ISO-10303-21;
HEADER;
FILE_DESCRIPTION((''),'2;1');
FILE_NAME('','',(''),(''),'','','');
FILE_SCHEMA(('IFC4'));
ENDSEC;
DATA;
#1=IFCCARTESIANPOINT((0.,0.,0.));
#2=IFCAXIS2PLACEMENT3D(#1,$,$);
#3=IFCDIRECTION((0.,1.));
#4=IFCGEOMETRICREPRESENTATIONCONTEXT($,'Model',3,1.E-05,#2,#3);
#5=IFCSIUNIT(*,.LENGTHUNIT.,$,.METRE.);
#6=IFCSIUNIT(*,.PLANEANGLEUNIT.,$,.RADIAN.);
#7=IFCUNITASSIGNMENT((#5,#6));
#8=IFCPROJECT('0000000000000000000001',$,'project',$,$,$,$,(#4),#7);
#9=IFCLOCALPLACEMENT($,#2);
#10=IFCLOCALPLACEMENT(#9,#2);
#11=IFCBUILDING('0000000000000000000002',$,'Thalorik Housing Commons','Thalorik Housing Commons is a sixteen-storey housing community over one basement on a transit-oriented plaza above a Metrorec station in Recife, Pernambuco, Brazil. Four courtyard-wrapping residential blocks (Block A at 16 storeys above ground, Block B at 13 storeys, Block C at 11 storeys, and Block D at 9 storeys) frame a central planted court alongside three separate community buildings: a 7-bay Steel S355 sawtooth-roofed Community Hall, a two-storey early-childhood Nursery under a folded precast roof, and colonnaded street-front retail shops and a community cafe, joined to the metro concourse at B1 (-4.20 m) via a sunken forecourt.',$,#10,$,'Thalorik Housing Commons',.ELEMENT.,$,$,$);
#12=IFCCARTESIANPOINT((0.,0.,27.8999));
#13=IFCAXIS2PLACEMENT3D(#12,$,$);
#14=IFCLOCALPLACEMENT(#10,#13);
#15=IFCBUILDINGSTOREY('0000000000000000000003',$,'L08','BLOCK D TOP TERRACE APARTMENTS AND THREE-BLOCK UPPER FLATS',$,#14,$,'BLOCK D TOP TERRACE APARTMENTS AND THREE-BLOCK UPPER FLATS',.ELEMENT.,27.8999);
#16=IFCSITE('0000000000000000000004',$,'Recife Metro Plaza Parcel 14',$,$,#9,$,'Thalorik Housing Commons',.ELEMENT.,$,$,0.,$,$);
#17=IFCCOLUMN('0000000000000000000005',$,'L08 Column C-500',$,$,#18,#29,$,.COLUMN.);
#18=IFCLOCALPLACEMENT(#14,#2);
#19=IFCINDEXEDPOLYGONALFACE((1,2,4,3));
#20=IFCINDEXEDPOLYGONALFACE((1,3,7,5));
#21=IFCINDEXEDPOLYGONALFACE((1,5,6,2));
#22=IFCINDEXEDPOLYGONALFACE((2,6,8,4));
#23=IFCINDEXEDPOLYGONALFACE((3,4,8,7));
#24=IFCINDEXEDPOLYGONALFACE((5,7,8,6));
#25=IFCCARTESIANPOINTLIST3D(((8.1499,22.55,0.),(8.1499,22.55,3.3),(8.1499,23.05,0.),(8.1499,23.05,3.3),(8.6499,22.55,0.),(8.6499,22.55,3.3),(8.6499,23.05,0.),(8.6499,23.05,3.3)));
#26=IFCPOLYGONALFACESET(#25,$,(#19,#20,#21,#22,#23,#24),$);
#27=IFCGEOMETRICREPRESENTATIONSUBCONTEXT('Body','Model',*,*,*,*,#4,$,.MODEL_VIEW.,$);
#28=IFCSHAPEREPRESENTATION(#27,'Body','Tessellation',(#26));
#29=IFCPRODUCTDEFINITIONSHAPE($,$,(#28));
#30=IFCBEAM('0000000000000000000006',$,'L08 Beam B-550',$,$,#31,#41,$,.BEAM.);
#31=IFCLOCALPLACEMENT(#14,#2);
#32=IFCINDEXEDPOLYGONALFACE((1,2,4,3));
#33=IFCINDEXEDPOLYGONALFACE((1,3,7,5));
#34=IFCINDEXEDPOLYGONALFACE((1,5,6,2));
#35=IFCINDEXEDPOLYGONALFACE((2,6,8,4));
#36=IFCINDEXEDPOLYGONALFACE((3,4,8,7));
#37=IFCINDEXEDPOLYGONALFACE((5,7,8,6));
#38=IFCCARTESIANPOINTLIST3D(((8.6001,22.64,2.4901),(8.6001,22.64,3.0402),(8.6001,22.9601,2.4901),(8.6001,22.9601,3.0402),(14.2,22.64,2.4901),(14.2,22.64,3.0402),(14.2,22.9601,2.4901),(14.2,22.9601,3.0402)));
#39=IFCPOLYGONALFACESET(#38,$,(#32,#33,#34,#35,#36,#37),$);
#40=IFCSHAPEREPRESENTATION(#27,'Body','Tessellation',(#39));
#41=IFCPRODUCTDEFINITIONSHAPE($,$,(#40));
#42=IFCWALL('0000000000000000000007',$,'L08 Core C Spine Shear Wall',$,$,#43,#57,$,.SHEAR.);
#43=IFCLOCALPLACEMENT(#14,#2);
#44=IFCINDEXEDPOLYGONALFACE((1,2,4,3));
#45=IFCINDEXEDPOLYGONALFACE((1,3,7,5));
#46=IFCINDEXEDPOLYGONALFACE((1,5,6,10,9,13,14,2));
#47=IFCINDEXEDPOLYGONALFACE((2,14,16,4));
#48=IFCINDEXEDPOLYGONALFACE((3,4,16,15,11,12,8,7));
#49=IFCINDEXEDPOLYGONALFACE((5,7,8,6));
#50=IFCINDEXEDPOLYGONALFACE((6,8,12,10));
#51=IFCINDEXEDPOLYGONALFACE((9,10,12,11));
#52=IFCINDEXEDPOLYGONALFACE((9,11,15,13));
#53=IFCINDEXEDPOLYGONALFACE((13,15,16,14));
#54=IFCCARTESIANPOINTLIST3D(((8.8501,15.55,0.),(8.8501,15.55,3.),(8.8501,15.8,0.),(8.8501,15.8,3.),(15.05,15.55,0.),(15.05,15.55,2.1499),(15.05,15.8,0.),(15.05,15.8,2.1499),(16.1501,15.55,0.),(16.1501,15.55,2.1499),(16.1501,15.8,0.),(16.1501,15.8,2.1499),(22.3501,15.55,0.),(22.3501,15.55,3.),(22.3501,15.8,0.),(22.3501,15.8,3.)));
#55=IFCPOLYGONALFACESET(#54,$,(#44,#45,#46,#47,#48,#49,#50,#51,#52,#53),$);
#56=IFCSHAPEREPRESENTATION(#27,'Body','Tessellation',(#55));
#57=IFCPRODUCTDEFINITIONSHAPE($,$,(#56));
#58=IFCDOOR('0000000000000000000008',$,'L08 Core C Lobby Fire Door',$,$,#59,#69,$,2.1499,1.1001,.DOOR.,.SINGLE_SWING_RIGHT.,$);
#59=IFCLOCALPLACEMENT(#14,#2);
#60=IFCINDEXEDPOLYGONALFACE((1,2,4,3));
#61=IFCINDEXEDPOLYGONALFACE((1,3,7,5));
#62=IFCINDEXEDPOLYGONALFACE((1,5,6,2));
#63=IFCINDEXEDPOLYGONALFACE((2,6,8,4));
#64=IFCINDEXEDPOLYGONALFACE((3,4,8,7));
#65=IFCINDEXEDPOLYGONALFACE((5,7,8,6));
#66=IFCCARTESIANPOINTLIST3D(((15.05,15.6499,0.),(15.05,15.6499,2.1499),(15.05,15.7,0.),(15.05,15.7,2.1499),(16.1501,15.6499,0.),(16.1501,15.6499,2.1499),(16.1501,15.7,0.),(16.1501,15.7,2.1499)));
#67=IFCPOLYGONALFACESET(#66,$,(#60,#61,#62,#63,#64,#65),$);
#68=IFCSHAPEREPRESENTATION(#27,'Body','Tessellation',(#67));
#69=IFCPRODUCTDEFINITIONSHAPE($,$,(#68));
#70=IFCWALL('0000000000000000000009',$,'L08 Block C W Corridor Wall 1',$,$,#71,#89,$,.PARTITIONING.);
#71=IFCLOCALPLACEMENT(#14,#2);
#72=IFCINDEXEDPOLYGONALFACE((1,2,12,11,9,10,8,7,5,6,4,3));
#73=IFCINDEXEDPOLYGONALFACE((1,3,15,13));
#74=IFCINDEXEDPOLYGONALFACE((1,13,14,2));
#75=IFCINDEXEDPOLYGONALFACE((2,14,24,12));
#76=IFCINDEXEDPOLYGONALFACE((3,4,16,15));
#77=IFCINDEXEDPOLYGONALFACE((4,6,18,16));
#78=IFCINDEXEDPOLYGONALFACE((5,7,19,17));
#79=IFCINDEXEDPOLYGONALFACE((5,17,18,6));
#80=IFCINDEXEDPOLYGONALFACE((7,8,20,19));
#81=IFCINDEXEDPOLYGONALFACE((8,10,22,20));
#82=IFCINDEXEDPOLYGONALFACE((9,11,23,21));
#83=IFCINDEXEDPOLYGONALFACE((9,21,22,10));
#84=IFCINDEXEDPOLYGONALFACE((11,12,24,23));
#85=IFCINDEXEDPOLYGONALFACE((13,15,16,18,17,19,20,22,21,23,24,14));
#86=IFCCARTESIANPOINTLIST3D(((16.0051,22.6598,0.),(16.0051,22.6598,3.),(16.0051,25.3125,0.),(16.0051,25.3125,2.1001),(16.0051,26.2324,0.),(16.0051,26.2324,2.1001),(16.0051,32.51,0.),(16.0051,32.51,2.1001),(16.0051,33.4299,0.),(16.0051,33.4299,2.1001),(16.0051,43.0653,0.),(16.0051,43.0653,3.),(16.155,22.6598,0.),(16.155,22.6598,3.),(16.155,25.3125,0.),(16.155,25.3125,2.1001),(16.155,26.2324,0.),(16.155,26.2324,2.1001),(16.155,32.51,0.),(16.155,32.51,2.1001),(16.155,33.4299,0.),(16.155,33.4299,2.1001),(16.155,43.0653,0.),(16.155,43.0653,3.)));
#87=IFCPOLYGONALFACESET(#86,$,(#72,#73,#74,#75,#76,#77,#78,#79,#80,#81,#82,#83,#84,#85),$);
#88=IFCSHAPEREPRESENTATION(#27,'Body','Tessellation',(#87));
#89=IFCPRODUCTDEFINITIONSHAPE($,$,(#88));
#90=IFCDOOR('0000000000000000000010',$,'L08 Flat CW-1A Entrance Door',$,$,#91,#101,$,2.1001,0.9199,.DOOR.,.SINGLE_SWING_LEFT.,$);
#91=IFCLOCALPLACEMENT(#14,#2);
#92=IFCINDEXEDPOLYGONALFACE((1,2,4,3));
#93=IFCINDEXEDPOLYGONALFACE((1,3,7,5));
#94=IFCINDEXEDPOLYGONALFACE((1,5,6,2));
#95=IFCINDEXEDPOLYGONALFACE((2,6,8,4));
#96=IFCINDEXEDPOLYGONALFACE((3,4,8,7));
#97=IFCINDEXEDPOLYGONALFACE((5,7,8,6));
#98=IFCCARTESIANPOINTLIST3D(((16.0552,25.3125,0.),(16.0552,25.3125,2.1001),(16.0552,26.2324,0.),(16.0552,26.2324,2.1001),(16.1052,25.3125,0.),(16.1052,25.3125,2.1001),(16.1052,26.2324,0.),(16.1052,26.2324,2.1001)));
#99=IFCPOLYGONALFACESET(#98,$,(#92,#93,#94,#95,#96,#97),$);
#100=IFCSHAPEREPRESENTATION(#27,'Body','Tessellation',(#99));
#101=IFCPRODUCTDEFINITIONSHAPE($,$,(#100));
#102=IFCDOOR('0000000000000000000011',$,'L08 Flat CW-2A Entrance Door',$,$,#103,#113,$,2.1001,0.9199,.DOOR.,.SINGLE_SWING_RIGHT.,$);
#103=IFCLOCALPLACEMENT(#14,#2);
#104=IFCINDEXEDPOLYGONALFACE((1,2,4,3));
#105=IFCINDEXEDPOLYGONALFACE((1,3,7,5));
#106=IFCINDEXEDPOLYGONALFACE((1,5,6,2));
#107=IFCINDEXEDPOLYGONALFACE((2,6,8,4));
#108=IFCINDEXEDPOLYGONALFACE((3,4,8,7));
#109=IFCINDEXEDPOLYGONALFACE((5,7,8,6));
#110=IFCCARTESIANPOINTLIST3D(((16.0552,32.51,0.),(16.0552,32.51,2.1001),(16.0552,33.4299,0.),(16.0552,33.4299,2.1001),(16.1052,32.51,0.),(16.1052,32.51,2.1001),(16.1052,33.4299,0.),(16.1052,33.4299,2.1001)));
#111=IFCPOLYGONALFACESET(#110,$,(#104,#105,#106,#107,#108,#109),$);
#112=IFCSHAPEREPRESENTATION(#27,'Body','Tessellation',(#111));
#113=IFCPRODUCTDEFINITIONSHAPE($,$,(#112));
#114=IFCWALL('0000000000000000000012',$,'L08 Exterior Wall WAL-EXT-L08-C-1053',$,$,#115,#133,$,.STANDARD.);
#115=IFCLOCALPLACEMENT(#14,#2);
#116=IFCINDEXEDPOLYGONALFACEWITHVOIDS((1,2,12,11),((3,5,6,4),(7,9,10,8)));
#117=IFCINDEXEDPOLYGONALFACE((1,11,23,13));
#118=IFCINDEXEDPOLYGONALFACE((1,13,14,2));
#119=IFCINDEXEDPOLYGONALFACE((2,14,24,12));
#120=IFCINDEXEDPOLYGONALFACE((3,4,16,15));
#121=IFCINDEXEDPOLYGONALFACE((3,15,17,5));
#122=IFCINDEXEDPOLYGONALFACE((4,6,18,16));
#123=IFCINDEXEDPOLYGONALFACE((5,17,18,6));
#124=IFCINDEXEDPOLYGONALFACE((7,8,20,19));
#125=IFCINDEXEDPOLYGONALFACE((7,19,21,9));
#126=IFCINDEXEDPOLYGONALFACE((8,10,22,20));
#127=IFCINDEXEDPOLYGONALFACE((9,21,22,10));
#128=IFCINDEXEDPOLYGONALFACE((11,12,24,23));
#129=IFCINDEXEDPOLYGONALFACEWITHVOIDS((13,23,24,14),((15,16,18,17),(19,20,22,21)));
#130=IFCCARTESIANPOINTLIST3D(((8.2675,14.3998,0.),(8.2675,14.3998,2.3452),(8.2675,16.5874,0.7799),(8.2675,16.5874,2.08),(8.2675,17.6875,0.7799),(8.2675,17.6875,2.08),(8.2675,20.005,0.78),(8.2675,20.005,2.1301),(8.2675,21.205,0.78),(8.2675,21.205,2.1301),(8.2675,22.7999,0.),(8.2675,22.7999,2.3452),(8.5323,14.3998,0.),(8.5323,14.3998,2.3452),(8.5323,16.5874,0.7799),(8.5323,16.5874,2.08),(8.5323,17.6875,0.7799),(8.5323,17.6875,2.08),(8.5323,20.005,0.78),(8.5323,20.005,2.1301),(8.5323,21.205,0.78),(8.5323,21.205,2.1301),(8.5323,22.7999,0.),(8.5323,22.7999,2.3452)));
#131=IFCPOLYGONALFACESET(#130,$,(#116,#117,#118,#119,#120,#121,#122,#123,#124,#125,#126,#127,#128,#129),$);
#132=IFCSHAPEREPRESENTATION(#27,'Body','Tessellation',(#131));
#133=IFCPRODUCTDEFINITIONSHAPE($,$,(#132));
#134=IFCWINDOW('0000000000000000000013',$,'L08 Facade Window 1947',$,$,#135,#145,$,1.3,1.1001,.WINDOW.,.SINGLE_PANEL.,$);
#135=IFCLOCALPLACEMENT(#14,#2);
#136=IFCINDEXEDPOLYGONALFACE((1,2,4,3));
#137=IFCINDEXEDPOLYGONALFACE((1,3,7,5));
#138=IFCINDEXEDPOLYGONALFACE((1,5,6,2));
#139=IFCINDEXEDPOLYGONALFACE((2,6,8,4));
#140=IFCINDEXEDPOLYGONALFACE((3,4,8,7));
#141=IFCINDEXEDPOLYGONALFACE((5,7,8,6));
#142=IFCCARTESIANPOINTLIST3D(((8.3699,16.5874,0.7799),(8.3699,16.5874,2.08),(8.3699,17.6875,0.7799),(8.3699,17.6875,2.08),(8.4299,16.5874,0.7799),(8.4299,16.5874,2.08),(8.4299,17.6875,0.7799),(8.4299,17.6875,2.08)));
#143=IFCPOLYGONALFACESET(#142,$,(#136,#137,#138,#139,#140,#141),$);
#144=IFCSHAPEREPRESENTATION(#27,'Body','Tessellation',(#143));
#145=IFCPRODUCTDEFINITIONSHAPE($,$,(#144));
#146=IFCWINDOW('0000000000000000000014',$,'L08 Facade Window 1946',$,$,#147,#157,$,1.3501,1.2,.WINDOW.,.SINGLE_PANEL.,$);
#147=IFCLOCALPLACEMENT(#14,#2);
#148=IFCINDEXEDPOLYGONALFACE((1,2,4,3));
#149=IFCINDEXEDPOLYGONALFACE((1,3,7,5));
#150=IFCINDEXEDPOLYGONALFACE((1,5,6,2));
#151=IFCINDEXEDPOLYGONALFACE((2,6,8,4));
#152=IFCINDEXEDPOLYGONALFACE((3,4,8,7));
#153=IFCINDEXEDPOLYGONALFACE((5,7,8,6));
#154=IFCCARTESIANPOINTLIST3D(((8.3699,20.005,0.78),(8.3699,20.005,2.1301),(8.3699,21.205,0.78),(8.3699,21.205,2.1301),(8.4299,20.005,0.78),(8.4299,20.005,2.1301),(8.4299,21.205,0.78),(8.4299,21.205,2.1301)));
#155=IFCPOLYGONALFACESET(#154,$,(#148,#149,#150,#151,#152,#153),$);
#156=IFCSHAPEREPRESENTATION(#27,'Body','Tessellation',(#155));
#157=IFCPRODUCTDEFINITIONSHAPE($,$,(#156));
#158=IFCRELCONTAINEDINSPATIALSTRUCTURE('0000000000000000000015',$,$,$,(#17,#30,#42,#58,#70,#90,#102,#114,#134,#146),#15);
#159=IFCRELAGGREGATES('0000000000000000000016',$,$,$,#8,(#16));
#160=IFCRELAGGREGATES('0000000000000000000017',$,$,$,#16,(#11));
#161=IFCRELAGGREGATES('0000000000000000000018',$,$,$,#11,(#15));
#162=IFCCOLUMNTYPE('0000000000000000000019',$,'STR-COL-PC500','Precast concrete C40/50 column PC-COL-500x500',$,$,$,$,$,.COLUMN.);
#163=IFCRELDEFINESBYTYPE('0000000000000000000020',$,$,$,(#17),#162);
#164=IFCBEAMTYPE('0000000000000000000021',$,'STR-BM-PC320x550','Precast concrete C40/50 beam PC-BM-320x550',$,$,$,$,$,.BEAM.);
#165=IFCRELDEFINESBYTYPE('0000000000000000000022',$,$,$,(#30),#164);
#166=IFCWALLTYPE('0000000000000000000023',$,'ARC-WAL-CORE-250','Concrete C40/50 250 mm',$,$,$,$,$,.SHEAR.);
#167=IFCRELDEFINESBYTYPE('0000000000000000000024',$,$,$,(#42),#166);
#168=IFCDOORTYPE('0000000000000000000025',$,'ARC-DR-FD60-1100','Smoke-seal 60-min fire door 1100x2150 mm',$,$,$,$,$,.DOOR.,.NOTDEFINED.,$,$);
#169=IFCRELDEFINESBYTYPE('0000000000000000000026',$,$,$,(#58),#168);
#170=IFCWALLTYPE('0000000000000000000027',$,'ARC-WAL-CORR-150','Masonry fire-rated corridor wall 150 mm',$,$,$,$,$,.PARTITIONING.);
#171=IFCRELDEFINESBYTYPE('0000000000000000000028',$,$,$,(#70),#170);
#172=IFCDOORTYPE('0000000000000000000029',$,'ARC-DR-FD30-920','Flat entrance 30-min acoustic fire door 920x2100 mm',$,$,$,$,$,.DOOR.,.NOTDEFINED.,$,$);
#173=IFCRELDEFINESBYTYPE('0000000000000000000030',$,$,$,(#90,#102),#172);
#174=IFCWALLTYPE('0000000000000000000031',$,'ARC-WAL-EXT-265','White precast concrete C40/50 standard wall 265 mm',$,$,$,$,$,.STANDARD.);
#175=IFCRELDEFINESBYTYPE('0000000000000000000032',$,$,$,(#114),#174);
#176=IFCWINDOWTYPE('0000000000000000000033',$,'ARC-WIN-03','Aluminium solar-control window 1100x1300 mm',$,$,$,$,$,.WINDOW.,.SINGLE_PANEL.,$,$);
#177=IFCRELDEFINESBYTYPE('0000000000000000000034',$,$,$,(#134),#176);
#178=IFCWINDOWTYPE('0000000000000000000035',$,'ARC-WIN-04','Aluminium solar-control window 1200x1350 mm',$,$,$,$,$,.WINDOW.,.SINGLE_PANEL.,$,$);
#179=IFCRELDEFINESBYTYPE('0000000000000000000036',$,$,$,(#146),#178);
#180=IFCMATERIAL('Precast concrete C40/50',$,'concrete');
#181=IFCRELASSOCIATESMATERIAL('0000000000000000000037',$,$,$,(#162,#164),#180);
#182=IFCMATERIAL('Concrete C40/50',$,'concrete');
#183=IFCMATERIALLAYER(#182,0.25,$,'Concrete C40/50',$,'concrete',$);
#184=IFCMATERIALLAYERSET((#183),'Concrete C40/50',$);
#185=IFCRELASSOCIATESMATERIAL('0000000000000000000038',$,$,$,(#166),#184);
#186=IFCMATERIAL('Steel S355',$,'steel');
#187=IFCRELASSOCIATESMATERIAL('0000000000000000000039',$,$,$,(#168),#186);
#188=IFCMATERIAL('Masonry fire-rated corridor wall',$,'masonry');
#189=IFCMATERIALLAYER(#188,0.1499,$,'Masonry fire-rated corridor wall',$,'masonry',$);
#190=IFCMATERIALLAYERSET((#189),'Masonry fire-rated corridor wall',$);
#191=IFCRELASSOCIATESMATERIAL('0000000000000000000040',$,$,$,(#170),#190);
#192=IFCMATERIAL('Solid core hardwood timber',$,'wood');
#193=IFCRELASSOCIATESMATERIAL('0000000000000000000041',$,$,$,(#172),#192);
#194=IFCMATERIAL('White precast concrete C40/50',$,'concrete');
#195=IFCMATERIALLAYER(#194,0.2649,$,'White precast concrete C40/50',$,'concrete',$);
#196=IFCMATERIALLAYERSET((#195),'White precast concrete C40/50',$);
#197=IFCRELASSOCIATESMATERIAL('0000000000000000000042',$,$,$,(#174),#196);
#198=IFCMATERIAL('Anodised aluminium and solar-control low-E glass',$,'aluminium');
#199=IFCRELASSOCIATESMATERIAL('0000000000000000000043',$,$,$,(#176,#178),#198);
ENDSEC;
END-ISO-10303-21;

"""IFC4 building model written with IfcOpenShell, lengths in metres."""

from ifc_helpers import new_model, si_unit, direction, frame, frame_2d, origin, origin_2d, place, context, subcontext, project, spatial, rectangle, extrude, material, layer, layer_set, material_profile, profile_set, type_object, element, fill, save


model = new_model("IFC4")

# Units and contexts
model_context = context("Model", 3, precision=1e-05, world=origin(), true_north=direction((0.0, 1.0)))
body_context = subcontext(model_context, "Body", "Model", "MODEL_VIEW")
ifc_project = project(units=[si_unit("LENGTHUNIT", "METRE"), si_unit("PLANEANGLEUNIT", "RADIAN")], contexts=[model_context])

# Site, building, storey
site_placement = place(None, origin())
site = spatial("IfcSite", under=ifc_project, at=site_placement, Name="Recife Metro Plaza Parcel 14", LongName="Thalorik Housing Commons", CompositionType="ELEMENT", RefElevation=0.0)
building_placement = place(site_placement, origin())
building = spatial("IfcBuilding", under=site, at=building_placement, Name="Thalorik Housing Commons", Description="Thalorik Housing Commons is a sixteen-storey housing community over one basement on a transit-oriented plaza above a Metrorec station in Recife, Pernambuco, Brazil. Four courtyard-wrapping residential blocks (Block A at 16 storeys above ground, Block B at 13 storeys, Block C at 11 storeys, and Block D at 9 storeys) frame a central planted court alongside three separate community buildings: a 7-bay Steel S355 sawtooth-roofed Community Hall, a two-storey early-childhood Nursery under a folded precast roof, and colonnaded street-front retail shops and a community cafe, joined to the metro concourse at B1 (-4.20 m) via a sunken forecourt.", LongName="Thalorik Housing Commons", CompositionType="ELEMENT")
storey_placement = place(building_placement, frame((0.0, 0.0, 27.8999)))
storey = spatial("IfcBuildingStorey", under=building, at=storey_placement, Name="L08", Description="BLOCK D TOP TERRACE APARTMENTS AND THREE-BLOCK UPPER FLATS", LongName="BLOCK D TOP TERRACE APARTMENTS AND THREE-BLOCK UPPER FLATS", CompositionType="ELEMENT", Elevation=27.8999)

# Column
ifc_material_1 = material(Name="Precast concrete C40/50", Category="concrete")
ifc_material_profile_1 = material_profile(ifc_material_1, rectangle(XDim=0.5, YDim=0.5, at=origin_2d()), Name="PC 500x500", Category="concrete")
ifc_profile_set_1 = profile_set([ifc_material_profile_1], Name="Precast concrete C40/50")
column_type = type_object("IfcColumnType", Name="STR-COL-PC500", Description="Precast concrete C40/50 column PC-COL-500x500", PredefinedType="COLUMN", material=ifc_profile_set_1)
column_placement = place(storey_placement, frame((8.3999, 22.8, 0.0), z_axis=(0.0, 0.0, 1.0), x_axis=(1.0, 0.0, 0.0)))
element("IfcColumn", 1, at=column_placement, inside=storey, type_object=column_type, Name="L08 Column C-500", PredefinedType="COLUMN", context=body_context, shape_type="SweptSolid", body=[
    extrude(rectangle(XDim=0.5, YDim=0.5, at=origin_2d()), origin(), (0.0, 0.0, 1.0), 3.3),
])

# Beam
ifc_material_profile_2 = material_profile(ifc_material_1, rectangle(XDim=0.3201, YDim=0.55, at=origin_2d()), Name="PC 320x550", Category="concrete")
ifc_profile_set_2 = profile_set([ifc_material_profile_2], Name="Precast concrete C40/50")
beam_type = type_object("IfcBeamType", Name="STR-BM-PC320x550", Description="Precast concrete C40/50 beam PC-BM-320x550", PredefinedType="BEAM", material=ifc_profile_set_2)
beam_placement = place(storey_placement, frame((8.6001, 22.8, 2.7651), z_axis=(1.0, 0.0, 0.0), x_axis=(0.0, 1.0, 0.0)))
element("IfcBeam", 2, at=beam_placement, inside=storey, type_object=beam_type, Name="L08 Beam B-550", PredefinedType="BEAM", context=body_context, shape_type="SweptSolid", body=[
    extrude(rectangle(XDim=0.3201, YDim=0.55, at=origin_2d()), origin(), (0.0, 0.0, 1.0), 5.5999),
])

# Wall, opening, door
ifc_material_2 = material(Name="Concrete C40/50", Category="concrete")
ifc_layer_1 = layer(ifc_material_2, 0.25, Name="Concrete C40/50", Category="concrete")
ifc_layer_set_1 = layer_set([ifc_layer_1], Name="Concrete C40/50")
wall_type_1 = type_object("IfcWallType", Name="ARC-WAL-CORE-250", Description="Concrete C40/50 250 mm", PredefinedType="SHEAR", material=ifc_layer_set_1)
wall_1_placement = place(storey_placement, frame((8.8501, 15.675, 0.0), z_axis=(0.0, 0.0, 1.0), x_axis=(1.0, 0.0, 0.0)))
wall_1 = element("IfcWall", 3, at=wall_1_placement, inside=storey, type_object=wall_type_1, Name="L08 Core C Spine Shear Wall", PredefinedType="SHEAR", context=body_context, shape_type="SweptSolid", body=[
    extrude(rectangle(XDim=13.5, YDim=0.25, at=frame_2d((6.75, 0.0))), origin(), (0.0, 0.0, 1.0), 3.0),
])
opening_1_placement = place(wall_1_placement, frame((6.2, 0.0, 0.0)))
opening_1 = element("IfcOpeningElement", 4, at=opening_1_placement, cuts=wall_1, PredefinedType="OPENING", context=body_context, shape_type="SweptSolid", body=[
    extrude(rectangle(XDim=1.1001, YDim=2.1499, at=frame_2d((0.55, 1.075))), frame((0.0, 0.135, 0.0), z_axis=(0.0, -1.0, 0.0), x_axis=(1.0, 0.0, 0.0)), (0.0, 0.0, 1.0), 0.27),
])
ifc_material_3 = material(Name="Steel S355", Category="steel")
door_type_1 = type_object("IfcDoorType", Name="ARC-DR-FD60-1100", Description="Smoke-seal 60-min fire door 1100x2150 mm", OperationType="NOTDEFINED", PredefinedType="DOOR", material=ifc_material_3)
door_1_placement = place(opening_1_placement, origin())
door_1 = element("IfcDoor", 5, at=door_1_placement, inside=storey, type_object=door_type_1, Name="L08 Core C Lobby Fire Door", OperationType="SINGLE_SWING_RIGHT", OverallHeight=2.1499, OverallWidth=1.1001, PredefinedType="DOOR", context=body_context, shape_type="SweptSolid", body=[
    extrude(rectangle(XDim=1.1001, YDim=2.1499, at=frame_2d((0.55, 1.075))), frame((0.0, 0.0249, 0.0), z_axis=(0.0, -1.0, 0.0), x_axis=(1.0, 0.0, 0.0)), (0.0, 0.0, 1.0), 0.05),
])
fill(opening_1, door_1)

# Wall, openings, doors
ifc_material_4 = material(Name="Masonry fire-rated corridor wall", Category="masonry")
ifc_layer_2 = layer(ifc_material_4, 0.1499, Name="Masonry fire-rated corridor wall", Category="masonry")
ifc_layer_set_2 = layer_set([ifc_layer_2], Name="Masonry fire-rated corridor wall")
wall_type_2 = type_object("IfcWallType", Name="ARC-WAL-CORR-150", Description="Masonry fire-rated corridor wall 150 mm", PredefinedType="PARTITIONING", material=ifc_layer_set_2)
wall_2_placement = place(storey_placement, frame((16.0801, 22.6599, 0.0), z_axis=(0.0, 0.0, 1.0), x_axis=(0.0, 1.0, 0.0)))
wall_2 = element("IfcWall", 6, at=wall_2_placement, inside=storey, type_object=wall_type_2, Name="L08 Block C W Corridor Wall 1", PredefinedType="PARTITIONING", context=body_context, shape_type="SweptSolid", body=[
    extrude(rectangle(XDim=20.4055, YDim=0.1499, at=frame_2d((10.2026, 0.0))), origin(), (0.0, 0.0, 1.0), 3.0),
])
opening_2_placement = place(wall_2_placement, frame((2.6526, 0.0, 0.0)))
opening_2 = element("IfcOpeningElement", 7, at=opening_2_placement, cuts=wall_2, PredefinedType="OPENING", context=body_context, shape_type="SweptSolid", body=[
    extrude(rectangle(XDim=0.9199, YDim=2.1001, at=frame_2d((0.46, 1.05))), frame((0.0, 0.085, 0.0), z_axis=(0.0, -1.0, 0.0), x_axis=(1.0, 0.0, 0.0)), (0.0, 0.0, 1.0), 0.1699),
])
opening_3_placement = place(wall_2_placement, frame((9.8501, 0.0, 0.0)))
opening_3 = element("IfcOpeningElement", 8, at=opening_3_placement, cuts=wall_2, PredefinedType="OPENING", context=body_context, shape_type="SweptSolid", body=[
    extrude(rectangle(XDim=0.9199, YDim=2.1001, at=frame_2d((0.46, 1.05))), frame((0.0, 0.085, 0.0), z_axis=(0.0, -1.0, 0.0), x_axis=(1.0, 0.0, 0.0)), (0.0, 0.0, 1.0), 0.1699),
])
ifc_material_5 = material(Name="Solid core hardwood timber", Category="wood")
door_type_2 = type_object("IfcDoorType", Name="ARC-DR-FD30-920", Description="Flat entrance 30-min acoustic fire door 920x2100 mm", OperationType="NOTDEFINED", PredefinedType="DOOR", material=ifc_material_5)
door_2_placement = place(opening_2_placement, origin())
door_2 = element("IfcDoor", 9, at=door_2_placement, inside=storey, type_object=door_type_2, Name="L08 Flat CW-1A Entrance Door", OperationType="SINGLE_SWING_LEFT", OverallHeight=2.1001, OverallWidth=0.9199, PredefinedType="DOOR", context=body_context, shape_type="SweptSolid", body=[
    extrude(rectangle(XDim=0.9199, YDim=2.1001, at=frame_2d((0.46, 1.05))), frame((0.0, 0.0249, 0.0), z_axis=(0.0, -1.0, 0.0), x_axis=(1.0, 0.0, 0.0)), (0.0, 0.0, 1.0), 0.05),
])
fill(opening_2, door_2)
door_3_placement = place(opening_3_placement, origin())
door_3 = element("IfcDoor", 10, at=door_3_placement, inside=storey, type_object=door_type_2, Name="L08 Flat CW-2A Entrance Door", OperationType="SINGLE_SWING_RIGHT", OverallHeight=2.1001, OverallWidth=0.9199, PredefinedType="DOOR", context=body_context, shape_type="SweptSolid", body=[
    extrude(rectangle(XDim=0.9199, YDim=2.1001, at=frame_2d((0.46, 1.05))), frame((0.0, 0.0249, 0.0), z_axis=(0.0, -1.0, 0.0), x_axis=(1.0, 0.0, 0.0)), (0.0, 0.0, 1.0), 0.05),
])
fill(opening_3, door_3)

# Wall, openings, windows
ifc_material_6 = material(Name="White precast concrete C40/50", Category="concrete")
ifc_layer_3 = layer(ifc_material_6, 0.2649, Name="White precast concrete C40/50", Category="concrete")
ifc_layer_set_3 = layer_set([ifc_layer_3], Name="White precast concrete C40/50")
wall_type_3 = type_object("IfcWallType", Name="ARC-WAL-EXT-265", Description="White precast concrete C40/50 standard wall 265 mm", PredefinedType="STANDARD", material=ifc_layer_set_3)
wall_3_placement = place(storey_placement, frame((8.3999, 22.8, 0.0), z_axis=(0.0, 0.0, 1.0), x_axis=(0.0, -1.0, 0.0)))
wall_3 = element("IfcWall", 11, at=wall_3_placement, inside=storey, type_object=wall_type_3, Name="L08 Exterior Wall WAL-EXT-L08-C-1053", PredefinedType="STANDARD", context=body_context, shape_type="SweptSolid", body=[
    extrude(rectangle(XDim=8.4001, YDim=0.2649, at=frame_2d((4.2002, 0.0))), origin(), (0.0, 0.0, 1.0), 2.3452),
])
opening_4_placement = place(wall_3_placement, frame((1.595, 0.0, 0.78)))
opening_4 = element("IfcOpeningElement", 12, at=opening_4_placement, cuts=wall_3, PredefinedType="OPENING", context=body_context, shape_type="SweptSolid", body=[
    extrude(rectangle(XDim=1.2, YDim=1.3501, at=frame_2d((0.6001, 0.675))), frame((0.0, 0.1426, 0.0), z_axis=(0.0, -1.0, 0.0), x_axis=(1.0, 0.0, 0.0)), (0.0, 0.0, 1.0), 0.2849),
])
opening_5_placement = place(wall_3_placement, frame((5.1125, 0.0, 0.78)))
opening_5 = element("IfcOpeningElement", 13, at=opening_5_placement, cuts=wall_3, PredefinedType="OPENING", context=body_context, shape_type="SweptSolid", body=[
    extrude(rectangle(XDim=1.1001, YDim=1.3, at=frame_2d((0.55, 0.6499))), frame((0.0, 0.1426, 0.0), z_axis=(0.0, -1.0, 0.0), x_axis=(1.0, 0.0, 0.0)), (0.0, 0.0, 1.0), 0.2849),
])
ifc_material_7 = material(Name="Anodised aluminium and solar-control low-E glass", Category="aluminium")
window_type_1 = type_object("IfcWindowType", Name="ARC-WIN-03", Description="Aluminium solar-control window 1100x1300 mm", PartitioningType="SINGLE_PANEL", PredefinedType="WINDOW", material=ifc_material_7)
window_1_placement = place(opening_5_placement, origin())
window_1 = element("IfcWindow", 14, at=window_1_placement, inside=storey, type_object=window_type_1, Name="L08 Facade Window 1947", OverallHeight=1.3, OverallWidth=1.1001, PartitioningType="SINGLE_PANEL", PredefinedType="WINDOW", context=body_context, shape_type="SweptSolid", body=[
    extrude(rectangle(XDim=1.1001, YDim=1.3, at=frame_2d((0.55, 0.6499))), frame((0.0, 0.03, 0.0), z_axis=(0.0, -1.0, 0.0), x_axis=(1.0, 0.0, 0.0)), (0.0, 0.0, 1.0), 0.0601),
])
fill(opening_5, window_1)
window_type_2 = type_object("IfcWindowType", Name="ARC-WIN-04", Description="Aluminium solar-control window 1200x1350 mm", PartitioningType="SINGLE_PANEL", PredefinedType="WINDOW", material=ifc_material_7)
window_2_placement = place(opening_4_placement, origin())
window_2 = element("IfcWindow", 15, at=window_2_placement, inside=storey, type_object=window_type_2, Name="L08 Facade Window 1946", OverallHeight=1.3501, OverallWidth=1.2, PartitioningType="SINGLE_PANEL", PredefinedType="WINDOW", context=body_context, shape_type="SweptSolid", body=[
    extrude(rectangle(XDim=1.2, YDim=1.3501, at=frame_2d((0.6001, 0.675))), frame((0.0, 0.03, 0.0), z_axis=(0.0, -1.0, 0.0), x_axis=(1.0, 0.0, 0.0)), (0.0, 0.0, 1.0), 0.0601),
])
fill(opening_4, window_2)

save(model, "model.ifc")
